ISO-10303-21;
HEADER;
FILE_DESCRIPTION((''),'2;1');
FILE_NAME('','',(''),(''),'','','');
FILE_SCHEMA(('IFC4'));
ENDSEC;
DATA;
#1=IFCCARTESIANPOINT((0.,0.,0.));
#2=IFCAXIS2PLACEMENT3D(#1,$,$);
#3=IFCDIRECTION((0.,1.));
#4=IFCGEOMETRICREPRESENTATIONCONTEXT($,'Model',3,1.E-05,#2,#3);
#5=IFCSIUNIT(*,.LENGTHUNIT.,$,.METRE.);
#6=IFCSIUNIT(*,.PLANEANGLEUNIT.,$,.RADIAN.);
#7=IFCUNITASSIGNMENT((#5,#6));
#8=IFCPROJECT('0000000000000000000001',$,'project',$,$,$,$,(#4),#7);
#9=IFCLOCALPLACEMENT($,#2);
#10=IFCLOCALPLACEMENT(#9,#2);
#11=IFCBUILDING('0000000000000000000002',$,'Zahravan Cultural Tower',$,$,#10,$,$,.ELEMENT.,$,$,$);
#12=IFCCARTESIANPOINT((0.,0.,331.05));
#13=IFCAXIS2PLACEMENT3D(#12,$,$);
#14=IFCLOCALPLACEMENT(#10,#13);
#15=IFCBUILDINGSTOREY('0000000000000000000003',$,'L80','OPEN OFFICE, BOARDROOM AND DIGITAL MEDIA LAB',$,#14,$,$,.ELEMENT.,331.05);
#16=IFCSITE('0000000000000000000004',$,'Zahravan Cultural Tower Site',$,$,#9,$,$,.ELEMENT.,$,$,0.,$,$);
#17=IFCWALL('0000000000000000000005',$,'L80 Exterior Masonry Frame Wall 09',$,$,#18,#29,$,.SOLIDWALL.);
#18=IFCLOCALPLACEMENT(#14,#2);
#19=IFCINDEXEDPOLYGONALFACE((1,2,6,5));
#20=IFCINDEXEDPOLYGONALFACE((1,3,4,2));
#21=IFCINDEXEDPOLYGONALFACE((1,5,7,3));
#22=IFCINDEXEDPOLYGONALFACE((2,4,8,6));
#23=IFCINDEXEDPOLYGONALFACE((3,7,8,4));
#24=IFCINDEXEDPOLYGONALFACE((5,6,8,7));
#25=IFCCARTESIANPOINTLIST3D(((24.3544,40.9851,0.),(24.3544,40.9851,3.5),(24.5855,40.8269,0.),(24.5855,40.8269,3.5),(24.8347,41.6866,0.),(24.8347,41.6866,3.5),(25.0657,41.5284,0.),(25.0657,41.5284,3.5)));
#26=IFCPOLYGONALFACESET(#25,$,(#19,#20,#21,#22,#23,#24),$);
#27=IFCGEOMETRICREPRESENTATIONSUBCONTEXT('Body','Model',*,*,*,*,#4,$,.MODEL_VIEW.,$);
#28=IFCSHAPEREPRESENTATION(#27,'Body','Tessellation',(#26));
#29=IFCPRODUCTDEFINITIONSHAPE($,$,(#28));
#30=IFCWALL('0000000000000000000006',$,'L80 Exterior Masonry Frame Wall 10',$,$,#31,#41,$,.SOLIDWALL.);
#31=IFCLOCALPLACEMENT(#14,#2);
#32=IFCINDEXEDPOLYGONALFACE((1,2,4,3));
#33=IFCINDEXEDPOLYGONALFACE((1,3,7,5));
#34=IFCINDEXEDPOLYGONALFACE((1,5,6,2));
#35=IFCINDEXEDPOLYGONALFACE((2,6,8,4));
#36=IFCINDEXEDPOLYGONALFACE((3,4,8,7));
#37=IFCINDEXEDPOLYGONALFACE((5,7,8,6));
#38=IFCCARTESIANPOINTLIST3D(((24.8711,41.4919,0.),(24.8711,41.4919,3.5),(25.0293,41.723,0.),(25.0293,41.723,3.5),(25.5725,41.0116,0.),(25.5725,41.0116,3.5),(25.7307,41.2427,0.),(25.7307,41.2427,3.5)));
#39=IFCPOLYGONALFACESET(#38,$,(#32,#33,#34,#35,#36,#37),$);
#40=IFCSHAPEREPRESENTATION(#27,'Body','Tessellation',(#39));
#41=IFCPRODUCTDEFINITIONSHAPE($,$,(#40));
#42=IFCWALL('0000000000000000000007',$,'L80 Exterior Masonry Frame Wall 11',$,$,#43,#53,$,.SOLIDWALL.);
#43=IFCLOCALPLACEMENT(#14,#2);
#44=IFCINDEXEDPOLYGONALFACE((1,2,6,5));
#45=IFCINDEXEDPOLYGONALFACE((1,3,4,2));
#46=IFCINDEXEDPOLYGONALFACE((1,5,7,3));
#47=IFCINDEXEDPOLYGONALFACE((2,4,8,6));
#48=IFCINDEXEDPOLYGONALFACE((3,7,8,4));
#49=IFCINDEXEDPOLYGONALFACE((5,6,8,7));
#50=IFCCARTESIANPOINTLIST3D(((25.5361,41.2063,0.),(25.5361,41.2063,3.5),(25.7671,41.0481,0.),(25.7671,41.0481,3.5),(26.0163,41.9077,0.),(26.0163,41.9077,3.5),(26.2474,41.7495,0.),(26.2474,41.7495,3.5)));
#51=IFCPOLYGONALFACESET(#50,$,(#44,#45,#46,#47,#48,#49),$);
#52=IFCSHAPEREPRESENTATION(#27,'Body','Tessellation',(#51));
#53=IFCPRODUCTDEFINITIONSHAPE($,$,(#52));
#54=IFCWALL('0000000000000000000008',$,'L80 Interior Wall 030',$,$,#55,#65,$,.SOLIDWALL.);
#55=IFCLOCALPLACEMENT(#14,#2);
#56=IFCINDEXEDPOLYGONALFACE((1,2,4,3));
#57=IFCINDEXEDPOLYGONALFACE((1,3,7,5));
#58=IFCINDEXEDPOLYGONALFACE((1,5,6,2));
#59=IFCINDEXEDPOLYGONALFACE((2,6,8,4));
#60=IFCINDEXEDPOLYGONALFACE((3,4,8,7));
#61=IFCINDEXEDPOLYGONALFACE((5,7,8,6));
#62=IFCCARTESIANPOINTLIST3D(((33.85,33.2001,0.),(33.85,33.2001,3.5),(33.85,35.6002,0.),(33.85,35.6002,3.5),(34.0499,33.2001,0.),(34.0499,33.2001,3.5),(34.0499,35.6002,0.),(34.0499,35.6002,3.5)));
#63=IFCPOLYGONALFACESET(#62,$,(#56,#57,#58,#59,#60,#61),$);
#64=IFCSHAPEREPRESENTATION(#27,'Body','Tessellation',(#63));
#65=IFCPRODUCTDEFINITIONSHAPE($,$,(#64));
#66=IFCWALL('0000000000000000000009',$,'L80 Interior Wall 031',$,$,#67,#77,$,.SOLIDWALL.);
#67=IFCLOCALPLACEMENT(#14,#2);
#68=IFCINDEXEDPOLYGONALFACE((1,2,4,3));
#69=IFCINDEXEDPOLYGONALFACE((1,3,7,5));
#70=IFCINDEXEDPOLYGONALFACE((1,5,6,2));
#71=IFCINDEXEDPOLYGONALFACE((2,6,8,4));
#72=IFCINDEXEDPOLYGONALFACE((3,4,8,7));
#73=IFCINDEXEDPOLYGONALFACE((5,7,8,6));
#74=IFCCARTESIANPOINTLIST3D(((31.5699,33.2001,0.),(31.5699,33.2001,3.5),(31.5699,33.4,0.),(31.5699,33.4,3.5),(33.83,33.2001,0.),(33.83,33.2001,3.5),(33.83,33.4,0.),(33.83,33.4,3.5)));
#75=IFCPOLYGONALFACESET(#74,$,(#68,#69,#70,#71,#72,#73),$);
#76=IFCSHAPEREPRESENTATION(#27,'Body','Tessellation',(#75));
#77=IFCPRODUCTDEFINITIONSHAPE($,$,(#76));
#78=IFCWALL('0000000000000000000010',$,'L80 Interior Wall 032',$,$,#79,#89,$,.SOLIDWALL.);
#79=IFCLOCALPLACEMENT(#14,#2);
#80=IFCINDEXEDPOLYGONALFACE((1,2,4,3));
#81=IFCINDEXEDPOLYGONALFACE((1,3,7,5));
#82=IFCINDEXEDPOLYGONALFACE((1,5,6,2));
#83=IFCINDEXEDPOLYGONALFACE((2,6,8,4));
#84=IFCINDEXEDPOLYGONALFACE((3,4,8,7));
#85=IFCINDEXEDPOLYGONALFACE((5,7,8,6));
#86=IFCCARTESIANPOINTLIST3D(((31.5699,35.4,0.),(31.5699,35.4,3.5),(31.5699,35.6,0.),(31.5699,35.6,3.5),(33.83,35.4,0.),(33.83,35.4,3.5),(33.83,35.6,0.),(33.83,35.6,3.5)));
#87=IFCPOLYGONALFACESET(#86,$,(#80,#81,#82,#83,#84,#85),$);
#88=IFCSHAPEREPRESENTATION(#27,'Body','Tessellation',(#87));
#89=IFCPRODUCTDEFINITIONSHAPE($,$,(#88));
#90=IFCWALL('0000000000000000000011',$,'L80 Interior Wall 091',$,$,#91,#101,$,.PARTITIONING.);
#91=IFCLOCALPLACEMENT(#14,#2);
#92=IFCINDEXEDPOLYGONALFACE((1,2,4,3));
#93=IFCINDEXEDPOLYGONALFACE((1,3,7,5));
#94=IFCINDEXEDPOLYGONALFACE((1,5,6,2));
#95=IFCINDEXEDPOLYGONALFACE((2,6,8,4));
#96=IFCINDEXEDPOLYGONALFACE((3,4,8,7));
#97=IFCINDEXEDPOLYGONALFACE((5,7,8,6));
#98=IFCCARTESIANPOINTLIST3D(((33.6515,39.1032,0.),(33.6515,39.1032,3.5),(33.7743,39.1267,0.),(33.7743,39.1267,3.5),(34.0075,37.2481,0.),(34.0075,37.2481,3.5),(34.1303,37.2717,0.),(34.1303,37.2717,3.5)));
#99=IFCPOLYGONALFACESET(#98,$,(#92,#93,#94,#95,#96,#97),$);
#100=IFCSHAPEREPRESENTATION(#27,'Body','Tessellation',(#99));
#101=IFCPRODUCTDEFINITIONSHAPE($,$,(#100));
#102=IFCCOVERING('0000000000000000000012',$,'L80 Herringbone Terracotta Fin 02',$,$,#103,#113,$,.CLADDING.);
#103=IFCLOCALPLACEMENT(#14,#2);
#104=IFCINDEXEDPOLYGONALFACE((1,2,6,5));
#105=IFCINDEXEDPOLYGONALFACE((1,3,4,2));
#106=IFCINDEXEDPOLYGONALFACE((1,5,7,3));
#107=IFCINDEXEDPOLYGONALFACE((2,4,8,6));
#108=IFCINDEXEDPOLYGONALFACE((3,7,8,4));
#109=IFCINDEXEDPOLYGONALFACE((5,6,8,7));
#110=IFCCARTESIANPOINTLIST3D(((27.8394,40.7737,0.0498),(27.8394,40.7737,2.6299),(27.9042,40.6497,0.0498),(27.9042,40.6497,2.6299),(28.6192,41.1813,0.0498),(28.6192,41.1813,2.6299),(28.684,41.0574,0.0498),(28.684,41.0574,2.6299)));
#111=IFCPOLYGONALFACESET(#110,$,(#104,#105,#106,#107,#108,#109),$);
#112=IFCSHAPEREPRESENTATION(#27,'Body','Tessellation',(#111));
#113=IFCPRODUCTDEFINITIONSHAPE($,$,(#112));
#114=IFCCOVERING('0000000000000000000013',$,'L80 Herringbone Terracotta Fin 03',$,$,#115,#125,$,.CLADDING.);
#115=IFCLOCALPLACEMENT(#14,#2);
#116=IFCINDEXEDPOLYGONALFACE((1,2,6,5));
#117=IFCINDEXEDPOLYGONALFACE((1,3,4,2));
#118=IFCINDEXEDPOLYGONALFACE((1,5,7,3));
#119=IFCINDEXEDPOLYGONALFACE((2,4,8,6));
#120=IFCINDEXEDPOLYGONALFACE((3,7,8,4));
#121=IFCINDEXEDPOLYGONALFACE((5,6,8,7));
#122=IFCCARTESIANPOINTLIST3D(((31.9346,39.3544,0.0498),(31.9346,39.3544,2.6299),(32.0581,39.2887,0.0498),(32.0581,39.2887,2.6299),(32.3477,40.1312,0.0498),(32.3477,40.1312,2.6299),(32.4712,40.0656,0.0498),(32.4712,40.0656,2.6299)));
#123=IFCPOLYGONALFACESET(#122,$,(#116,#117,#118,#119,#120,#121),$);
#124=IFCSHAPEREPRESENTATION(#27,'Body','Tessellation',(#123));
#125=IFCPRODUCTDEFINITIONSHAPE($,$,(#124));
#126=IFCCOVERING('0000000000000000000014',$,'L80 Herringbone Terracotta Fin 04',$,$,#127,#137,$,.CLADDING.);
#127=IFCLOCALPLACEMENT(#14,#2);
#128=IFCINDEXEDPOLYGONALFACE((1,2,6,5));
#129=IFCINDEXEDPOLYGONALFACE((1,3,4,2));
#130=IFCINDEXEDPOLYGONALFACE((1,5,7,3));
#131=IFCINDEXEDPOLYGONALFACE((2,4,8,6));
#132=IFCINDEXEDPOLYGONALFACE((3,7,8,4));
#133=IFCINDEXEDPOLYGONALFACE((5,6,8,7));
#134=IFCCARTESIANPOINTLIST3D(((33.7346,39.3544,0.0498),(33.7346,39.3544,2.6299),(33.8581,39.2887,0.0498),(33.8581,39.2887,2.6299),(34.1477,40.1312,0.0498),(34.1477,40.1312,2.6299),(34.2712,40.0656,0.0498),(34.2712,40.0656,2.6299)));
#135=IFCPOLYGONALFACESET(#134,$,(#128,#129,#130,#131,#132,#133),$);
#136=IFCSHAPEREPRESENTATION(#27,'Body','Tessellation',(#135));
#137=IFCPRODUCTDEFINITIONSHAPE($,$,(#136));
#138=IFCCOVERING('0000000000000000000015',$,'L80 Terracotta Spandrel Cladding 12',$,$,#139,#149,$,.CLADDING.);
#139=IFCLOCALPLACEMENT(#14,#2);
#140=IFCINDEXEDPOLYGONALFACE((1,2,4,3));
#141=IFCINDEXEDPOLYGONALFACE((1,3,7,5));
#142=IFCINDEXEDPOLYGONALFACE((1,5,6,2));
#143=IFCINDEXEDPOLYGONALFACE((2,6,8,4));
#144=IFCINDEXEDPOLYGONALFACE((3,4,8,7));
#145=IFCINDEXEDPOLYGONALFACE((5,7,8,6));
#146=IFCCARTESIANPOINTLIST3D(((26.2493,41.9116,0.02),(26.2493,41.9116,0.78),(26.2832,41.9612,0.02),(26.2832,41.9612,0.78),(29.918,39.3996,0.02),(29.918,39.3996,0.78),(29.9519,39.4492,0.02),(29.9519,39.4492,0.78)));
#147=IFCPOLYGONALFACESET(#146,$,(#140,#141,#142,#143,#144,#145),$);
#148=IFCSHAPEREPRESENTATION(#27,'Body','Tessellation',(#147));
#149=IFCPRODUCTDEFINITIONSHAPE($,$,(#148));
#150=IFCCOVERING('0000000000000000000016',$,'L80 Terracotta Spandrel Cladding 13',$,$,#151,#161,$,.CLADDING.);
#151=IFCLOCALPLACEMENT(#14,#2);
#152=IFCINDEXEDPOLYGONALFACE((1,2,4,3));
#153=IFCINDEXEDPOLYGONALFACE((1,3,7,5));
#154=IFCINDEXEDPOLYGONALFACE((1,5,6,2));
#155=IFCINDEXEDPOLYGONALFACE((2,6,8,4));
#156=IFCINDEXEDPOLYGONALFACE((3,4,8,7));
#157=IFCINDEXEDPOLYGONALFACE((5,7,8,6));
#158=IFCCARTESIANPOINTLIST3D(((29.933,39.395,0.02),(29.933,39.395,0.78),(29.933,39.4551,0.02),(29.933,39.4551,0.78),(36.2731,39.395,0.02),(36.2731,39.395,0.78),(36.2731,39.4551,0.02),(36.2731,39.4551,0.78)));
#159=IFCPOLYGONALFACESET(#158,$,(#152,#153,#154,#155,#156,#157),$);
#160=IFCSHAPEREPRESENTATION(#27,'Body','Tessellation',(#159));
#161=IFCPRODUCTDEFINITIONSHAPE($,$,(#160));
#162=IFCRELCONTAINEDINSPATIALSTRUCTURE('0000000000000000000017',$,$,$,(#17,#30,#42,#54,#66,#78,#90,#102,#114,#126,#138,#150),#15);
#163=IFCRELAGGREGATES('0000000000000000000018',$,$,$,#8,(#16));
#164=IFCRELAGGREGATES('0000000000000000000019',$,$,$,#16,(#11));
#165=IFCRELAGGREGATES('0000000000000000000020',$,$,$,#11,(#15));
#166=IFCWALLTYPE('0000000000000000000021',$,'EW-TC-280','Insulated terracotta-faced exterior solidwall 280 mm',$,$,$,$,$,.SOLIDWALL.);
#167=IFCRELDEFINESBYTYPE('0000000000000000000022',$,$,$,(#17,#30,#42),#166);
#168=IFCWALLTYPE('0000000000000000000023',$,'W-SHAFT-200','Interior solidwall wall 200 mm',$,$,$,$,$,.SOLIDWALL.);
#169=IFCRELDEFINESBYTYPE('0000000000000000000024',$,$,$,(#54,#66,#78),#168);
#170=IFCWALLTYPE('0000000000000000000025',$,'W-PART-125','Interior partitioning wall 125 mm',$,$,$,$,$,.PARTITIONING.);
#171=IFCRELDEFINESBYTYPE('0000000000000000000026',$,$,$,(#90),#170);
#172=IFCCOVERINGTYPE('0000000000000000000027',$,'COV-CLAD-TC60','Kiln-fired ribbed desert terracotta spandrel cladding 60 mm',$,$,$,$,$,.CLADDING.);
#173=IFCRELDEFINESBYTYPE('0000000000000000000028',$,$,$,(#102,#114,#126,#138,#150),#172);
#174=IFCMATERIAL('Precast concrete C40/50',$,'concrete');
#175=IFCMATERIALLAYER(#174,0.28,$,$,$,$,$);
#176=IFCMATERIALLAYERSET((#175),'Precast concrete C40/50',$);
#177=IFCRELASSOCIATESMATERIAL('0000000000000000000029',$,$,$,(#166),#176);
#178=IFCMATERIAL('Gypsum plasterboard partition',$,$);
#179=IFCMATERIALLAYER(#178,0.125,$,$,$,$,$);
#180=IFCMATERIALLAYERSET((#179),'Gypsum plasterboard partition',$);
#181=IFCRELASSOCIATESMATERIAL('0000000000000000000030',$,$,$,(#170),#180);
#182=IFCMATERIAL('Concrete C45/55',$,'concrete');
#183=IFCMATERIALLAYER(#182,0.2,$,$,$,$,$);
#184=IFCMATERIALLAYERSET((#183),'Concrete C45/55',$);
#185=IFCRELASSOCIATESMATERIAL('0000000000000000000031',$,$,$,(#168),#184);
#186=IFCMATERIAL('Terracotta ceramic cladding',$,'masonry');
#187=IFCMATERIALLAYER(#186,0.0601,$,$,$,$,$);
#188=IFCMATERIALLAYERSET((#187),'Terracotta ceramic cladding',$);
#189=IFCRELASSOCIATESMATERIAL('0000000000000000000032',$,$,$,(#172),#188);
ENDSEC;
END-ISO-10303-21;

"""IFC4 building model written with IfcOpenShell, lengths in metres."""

from ifc_helpers import new_model, si_unit, direction, frame, frame_2d, origin, origin_2d, place, context, subcontext, project, spatial, rectangle, extrude, source, transform, mapped, material, layer, layer_set, type_object, element, save


model = new_model("IFC4")

# Units and contexts
model_context = context("Model", 3, precision=1e-05, world=origin(), true_north=direction((0.0, 1.0)))
body_context = subcontext(model_context, "Body", "Model", "MODEL_VIEW")
ifc_project = project(units=[si_unit("LENGTHUNIT", "METRE"), si_unit("PLANEANGLEUNIT", "RADIAN")], contexts=[model_context])

# Site, building, storey
site_placement = place(None, origin())
site = spatial("IfcSite", under=ifc_project, at=site_placement, Name="Zahravan Cultural Tower Site", CompositionType="ELEMENT", RefElevation=0.0)
building_placement = place(site_placement, origin())
building = spatial("IfcBuilding", under=site, at=building_placement, Name="Zahravan Cultural Tower", CompositionType="ELEMENT")
storey_placement = place(building_placement, frame((0.0, 0.0, 331.05)))
storey = spatial("IfcBuildingStorey", under=building, at=storey_placement, Name="L80", Description="OPEN OFFICE, BOARDROOM AND DIGITAL MEDIA LAB", CompositionType="ELEMENT", Elevation=331.05)

# Shared definitions
ifc_material_1 = material(Name="Precast concrete C40/50", Category="concrete")
ifc_layer_1 = layer(ifc_material_1, 0.28)
ifc_layer_set_1 = layer_set([ifc_layer_1], Name="Precast concrete C40/50")
wall_type_1 = type_object("IfcWallType", Name="EW-TC-280", Description="Insulated terracotta-faced exterior solidwall 280 mm", PredefinedType="SOLIDWALL", material=ifc_layer_set_1)

# Shared definitions
ifc_material_2 = material(Name="Gypsum plasterboard partition")
ifc_layer_2 = layer(ifc_material_2, 0.125)
ifc_layer_set_2 = layer_set([ifc_layer_2], Name="Gypsum plasterboard partition")
wall_type_2 = type_object("IfcWallType", Name="W-PART-125", Description="Interior partitioning wall 125 mm", PredefinedType="PARTITIONING", material=ifc_layer_set_2)
ifc_material_3 = material(Name="Concrete C45/55", Category="concrete")
ifc_layer_3 = layer(ifc_material_3, 0.2)
ifc_layer_set_3 = layer_set([ifc_layer_3], Name="Concrete C45/55")
wall_type_3 = type_object("IfcWallType", Name="W-SHAFT-200", Description="Interior solidwall wall 200 mm", PredefinedType="SOLIDWALL", material=ifc_layer_set_3)

# Walls
shared_shape_1 = source(origin(), body_context, "Body", "SweptSolid", [
    extrude(rectangle(XDim=0.8501, YDim=0.28, at=frame_2d((0.425, 0.0))), origin(), (0.0, 0.0, 1.0), 3.5),
])
for number, where, z_axis, x_axis, name in (
    (1, (24.47, 40.906, 0.0), (0.0, 0.0, 1.0), (0.564931, 0.825138, 0.0), "L80 Exterior Masonry Frame Wall 09"),
    (2, (24.9502, 41.6074, 0.0), (0.0, 0.0, 1.0), (0.825138, -0.564931, 0.0), "L80 Exterior Masonry Frame Wall 10"),
    (3, (25.6516, 41.1272, 0.0), (0.0, 0.0, 1.0), (0.564931, 0.825138, 0.0), "L80 Exterior Masonry Frame Wall 11"),
):
    element("IfcWall", number, at=place(storey_placement, frame(where, z_axis=z_axis, x_axis=x_axis)), inside=storey, type_object=wall_type_1, Name=name, PredefinedType="SOLIDWALL", context=body_context, shape_type="MappedRepresentation", body=[
        mapped(shared_shape_1, transform((0.0, 0.0, 0.0), x_axis=(1.0, 0.0, 0.0), y_axis=(0.0, 1.0, 0.0), z_axis=(0.0, 0.0, 1.0), scale=1.0)),
    ])
shared_shape_2 = source(origin(), body_context, "Body", "SweptSolid", [
    extrude(rectangle(XDim=2.4001, YDim=0.2, at=frame_2d((1.2002, 0.0))), origin(), (0.0, 0.0, 1.0), 3.5),
])
wall_1_placement = place(storey_placement, frame((33.95, 33.2, 0.0), z_axis=(0.0, 0.0, 1.0), x_axis=(0.0, 1.0, 0.0)))
element("IfcWall", 4, at=wall_1_placement, inside=storey, type_object=wall_type_3, Name="L80 Interior Wall 030", PredefinedType="SOLIDWALL", context=body_context, shape_type="MappedRepresentation", body=[
    mapped(shared_shape_2, transform((0.0, 0.0, 0.0), x_axis=(1.0, 0.0, 0.0), y_axis=(0.0, 1.0, 0.0), z_axis=(0.0, 0.0, 1.0), scale=1.0)),
])
shared_shape_3 = source(origin(), body_context, "Body", "SweptSolid", [
    extrude(rectangle(XDim=2.26, YDim=0.2, at=frame_2d((1.1299, 0.0))), origin(), (0.0, 0.0, 1.0), 3.5),
])
for number, where, z_axis, x_axis, name in (
    (5, (31.5701, 33.3, 0.0), (0.0, 0.0, 1.0), (1.0, 0.0, 0.0), "L80 Interior Wall 031"),
    (6, (31.5701, 35.5, 0.0), (0.0, 0.0, 1.0), (1.0, 0.0, 0.0), "L80 Interior Wall 032"),
):
    element("IfcWall", number, at=place(storey_placement, frame(where, z_axis=z_axis, x_axis=x_axis)), inside=storey, type_object=wall_type_3, Name=name, PredefinedType="SOLIDWALL", context=body_context, shape_type="MappedRepresentation", body=[
        mapped(shared_shape_3, transform((0.0, 0.0, 0.0), x_axis=(1.0, 0.0, 0.0), y_axis=(0.0, 1.0, 0.0), z_axis=(0.0, 0.0, 1.0), scale=1.0)),
    ])
shared_shape_4 = source(origin(), body_context, "Body", "SweptSolid", [
    extrude(rectangle(XDim=1.8889, YDim=0.125, at=frame_2d((0.9443, 0.0))), origin(), (0.0, 0.0, 1.0), 3.5),
])
wall_2_placement = place(storey_placement, frame((34.0688, 37.26, 0.0), z_axis=(0.0, 0.0, 1.0), x_axis=(-0.188454, 0.982082, 0.0)))
element("IfcWall", 7, at=wall_2_placement, inside=storey, type_object=wall_type_2, Name="L80 Interior Wall 091", PredefinedType="PARTITIONING", context=body_context, shape_type="MappedRepresentation", body=[
    mapped(shared_shape_4, transform((0.0, 0.0, 0.0), x_axis=(1.0, 0.0, 0.0), y_axis=(0.0, 1.0, 0.0), z_axis=(0.0, 0.0, 1.0), scale=1.0)),
])

# Coverings
ifc_material_4 = material(Name="Terracotta ceramic cladding", Category="masonry")
ifc_layer_4 = layer(ifc_material_4, 0.0601)
ifc_layer_set_4 = layer_set([ifc_layer_4], Name="Terracotta ceramic cladding")
covering_type = type_object("IfcCoveringType", Name="COV-CLAD-TC60", Description="Kiln-fired ribbed desert terracotta spandrel cladding 60 mm", PredefinedType="CLADDING", material=ifc_layer_set_4)
shared_shape_5 = source(origin(), body_context, "Body", "SweptSolid", [
    extrude(rectangle(XDim=0.8799, YDim=0.1399, at=origin_2d()), origin(), (0.0, 0.0, 1.0), 2.5801),
])
for number, where, z_axis, x_axis, name in (
    (8, (28.2617, 40.9155, 0.0498), (0.0, 0.0, 1.0), (0.886204, 0.463296, 0.0), "L80 Herringbone Terracotta Fin 02"),
    (9, (32.2029, 39.71, 0.0498), (0.0, 0.0, 1.0), (0.469472, 0.882948, 0.0), "L80 Herringbone Terracotta Fin 03"),
    (10, (34.0029, 39.71, 0.0498), (0.0, 0.0, 1.0), (0.469472, 0.882948, 0.0), "L80 Herringbone Terracotta Fin 04"),
):
    element("IfcCovering", number, at=place(storey_placement, frame(where, z_axis=z_axis, x_axis=x_axis)), inside=storey, type_object=covering_type, Name=name, PredefinedType="CLADDING", context=body_context, shape_type="MappedRepresentation", body=[
        mapped(shared_shape_5, transform((0.0, 0.0, 0.0), x_axis=(1.0, 0.0, 0.0), y_axis=(0.0, 1.0, 0.0), z_axis=(0.0, 0.0, 1.0), scale=1.0)),
    ])
shared_shape_6 = source(origin(), body_context, "Body", "SweptSolid", [
    extrude(rectangle(XDim=4.4463, YDim=0.0601, at=origin_2d()), origin(), (0.0, 0.0, 1.0), 0.76),
])
covering_1_placement = place(storey_placement, frame((28.1006, 40.6804, 0.02), z_axis=(0.0, 0.0, 1.0), x_axis=(0.825113, -0.564967, 0.0)))
element("IfcCovering", 11, at=covering_1_placement, inside=storey, type_object=covering_type, Name="L80 Terracotta Spandrel Cladding 12", PredefinedType="CLADDING", context=body_context, shape_type="MappedRepresentation", body=[
    mapped(shared_shape_6, transform((0.0, 0.0, 0.0), x_axis=(1.0, 0.0, 0.0), y_axis=(0.0, 1.0, 0.0), z_axis=(0.0, 0.0, 1.0), scale=1.0)),
])
shared_shape_7 = source(origin(), body_context, "Body", "SweptSolid", [
    extrude(rectangle(XDim=6.3401, YDim=0.0601, at=origin_2d()), origin(), (0.0, 0.0, 1.0), 0.76),
])
covering_2_placement = place(storey_placement, frame((33.103, 39.425, 0.02), z_axis=(0.0, 0.0, 1.0), x_axis=(1.0, 0.0, 0.0)))
element("IfcCovering", 12, at=covering_2_placement, inside=storey, type_object=covering_type, Name="L80 Terracotta Spandrel Cladding 13", PredefinedType="CLADDING", context=body_context, shape_type="MappedRepresentation", body=[
    mapped(shared_shape_7, transform((0.0, 0.0, 0.0), x_axis=(1.0, 0.0, 0.0), y_axis=(0.0, 1.0, 0.0), z_axis=(0.0, 0.0, 1.0), scale=1.0)),
])

save(model, "model.ifc")
